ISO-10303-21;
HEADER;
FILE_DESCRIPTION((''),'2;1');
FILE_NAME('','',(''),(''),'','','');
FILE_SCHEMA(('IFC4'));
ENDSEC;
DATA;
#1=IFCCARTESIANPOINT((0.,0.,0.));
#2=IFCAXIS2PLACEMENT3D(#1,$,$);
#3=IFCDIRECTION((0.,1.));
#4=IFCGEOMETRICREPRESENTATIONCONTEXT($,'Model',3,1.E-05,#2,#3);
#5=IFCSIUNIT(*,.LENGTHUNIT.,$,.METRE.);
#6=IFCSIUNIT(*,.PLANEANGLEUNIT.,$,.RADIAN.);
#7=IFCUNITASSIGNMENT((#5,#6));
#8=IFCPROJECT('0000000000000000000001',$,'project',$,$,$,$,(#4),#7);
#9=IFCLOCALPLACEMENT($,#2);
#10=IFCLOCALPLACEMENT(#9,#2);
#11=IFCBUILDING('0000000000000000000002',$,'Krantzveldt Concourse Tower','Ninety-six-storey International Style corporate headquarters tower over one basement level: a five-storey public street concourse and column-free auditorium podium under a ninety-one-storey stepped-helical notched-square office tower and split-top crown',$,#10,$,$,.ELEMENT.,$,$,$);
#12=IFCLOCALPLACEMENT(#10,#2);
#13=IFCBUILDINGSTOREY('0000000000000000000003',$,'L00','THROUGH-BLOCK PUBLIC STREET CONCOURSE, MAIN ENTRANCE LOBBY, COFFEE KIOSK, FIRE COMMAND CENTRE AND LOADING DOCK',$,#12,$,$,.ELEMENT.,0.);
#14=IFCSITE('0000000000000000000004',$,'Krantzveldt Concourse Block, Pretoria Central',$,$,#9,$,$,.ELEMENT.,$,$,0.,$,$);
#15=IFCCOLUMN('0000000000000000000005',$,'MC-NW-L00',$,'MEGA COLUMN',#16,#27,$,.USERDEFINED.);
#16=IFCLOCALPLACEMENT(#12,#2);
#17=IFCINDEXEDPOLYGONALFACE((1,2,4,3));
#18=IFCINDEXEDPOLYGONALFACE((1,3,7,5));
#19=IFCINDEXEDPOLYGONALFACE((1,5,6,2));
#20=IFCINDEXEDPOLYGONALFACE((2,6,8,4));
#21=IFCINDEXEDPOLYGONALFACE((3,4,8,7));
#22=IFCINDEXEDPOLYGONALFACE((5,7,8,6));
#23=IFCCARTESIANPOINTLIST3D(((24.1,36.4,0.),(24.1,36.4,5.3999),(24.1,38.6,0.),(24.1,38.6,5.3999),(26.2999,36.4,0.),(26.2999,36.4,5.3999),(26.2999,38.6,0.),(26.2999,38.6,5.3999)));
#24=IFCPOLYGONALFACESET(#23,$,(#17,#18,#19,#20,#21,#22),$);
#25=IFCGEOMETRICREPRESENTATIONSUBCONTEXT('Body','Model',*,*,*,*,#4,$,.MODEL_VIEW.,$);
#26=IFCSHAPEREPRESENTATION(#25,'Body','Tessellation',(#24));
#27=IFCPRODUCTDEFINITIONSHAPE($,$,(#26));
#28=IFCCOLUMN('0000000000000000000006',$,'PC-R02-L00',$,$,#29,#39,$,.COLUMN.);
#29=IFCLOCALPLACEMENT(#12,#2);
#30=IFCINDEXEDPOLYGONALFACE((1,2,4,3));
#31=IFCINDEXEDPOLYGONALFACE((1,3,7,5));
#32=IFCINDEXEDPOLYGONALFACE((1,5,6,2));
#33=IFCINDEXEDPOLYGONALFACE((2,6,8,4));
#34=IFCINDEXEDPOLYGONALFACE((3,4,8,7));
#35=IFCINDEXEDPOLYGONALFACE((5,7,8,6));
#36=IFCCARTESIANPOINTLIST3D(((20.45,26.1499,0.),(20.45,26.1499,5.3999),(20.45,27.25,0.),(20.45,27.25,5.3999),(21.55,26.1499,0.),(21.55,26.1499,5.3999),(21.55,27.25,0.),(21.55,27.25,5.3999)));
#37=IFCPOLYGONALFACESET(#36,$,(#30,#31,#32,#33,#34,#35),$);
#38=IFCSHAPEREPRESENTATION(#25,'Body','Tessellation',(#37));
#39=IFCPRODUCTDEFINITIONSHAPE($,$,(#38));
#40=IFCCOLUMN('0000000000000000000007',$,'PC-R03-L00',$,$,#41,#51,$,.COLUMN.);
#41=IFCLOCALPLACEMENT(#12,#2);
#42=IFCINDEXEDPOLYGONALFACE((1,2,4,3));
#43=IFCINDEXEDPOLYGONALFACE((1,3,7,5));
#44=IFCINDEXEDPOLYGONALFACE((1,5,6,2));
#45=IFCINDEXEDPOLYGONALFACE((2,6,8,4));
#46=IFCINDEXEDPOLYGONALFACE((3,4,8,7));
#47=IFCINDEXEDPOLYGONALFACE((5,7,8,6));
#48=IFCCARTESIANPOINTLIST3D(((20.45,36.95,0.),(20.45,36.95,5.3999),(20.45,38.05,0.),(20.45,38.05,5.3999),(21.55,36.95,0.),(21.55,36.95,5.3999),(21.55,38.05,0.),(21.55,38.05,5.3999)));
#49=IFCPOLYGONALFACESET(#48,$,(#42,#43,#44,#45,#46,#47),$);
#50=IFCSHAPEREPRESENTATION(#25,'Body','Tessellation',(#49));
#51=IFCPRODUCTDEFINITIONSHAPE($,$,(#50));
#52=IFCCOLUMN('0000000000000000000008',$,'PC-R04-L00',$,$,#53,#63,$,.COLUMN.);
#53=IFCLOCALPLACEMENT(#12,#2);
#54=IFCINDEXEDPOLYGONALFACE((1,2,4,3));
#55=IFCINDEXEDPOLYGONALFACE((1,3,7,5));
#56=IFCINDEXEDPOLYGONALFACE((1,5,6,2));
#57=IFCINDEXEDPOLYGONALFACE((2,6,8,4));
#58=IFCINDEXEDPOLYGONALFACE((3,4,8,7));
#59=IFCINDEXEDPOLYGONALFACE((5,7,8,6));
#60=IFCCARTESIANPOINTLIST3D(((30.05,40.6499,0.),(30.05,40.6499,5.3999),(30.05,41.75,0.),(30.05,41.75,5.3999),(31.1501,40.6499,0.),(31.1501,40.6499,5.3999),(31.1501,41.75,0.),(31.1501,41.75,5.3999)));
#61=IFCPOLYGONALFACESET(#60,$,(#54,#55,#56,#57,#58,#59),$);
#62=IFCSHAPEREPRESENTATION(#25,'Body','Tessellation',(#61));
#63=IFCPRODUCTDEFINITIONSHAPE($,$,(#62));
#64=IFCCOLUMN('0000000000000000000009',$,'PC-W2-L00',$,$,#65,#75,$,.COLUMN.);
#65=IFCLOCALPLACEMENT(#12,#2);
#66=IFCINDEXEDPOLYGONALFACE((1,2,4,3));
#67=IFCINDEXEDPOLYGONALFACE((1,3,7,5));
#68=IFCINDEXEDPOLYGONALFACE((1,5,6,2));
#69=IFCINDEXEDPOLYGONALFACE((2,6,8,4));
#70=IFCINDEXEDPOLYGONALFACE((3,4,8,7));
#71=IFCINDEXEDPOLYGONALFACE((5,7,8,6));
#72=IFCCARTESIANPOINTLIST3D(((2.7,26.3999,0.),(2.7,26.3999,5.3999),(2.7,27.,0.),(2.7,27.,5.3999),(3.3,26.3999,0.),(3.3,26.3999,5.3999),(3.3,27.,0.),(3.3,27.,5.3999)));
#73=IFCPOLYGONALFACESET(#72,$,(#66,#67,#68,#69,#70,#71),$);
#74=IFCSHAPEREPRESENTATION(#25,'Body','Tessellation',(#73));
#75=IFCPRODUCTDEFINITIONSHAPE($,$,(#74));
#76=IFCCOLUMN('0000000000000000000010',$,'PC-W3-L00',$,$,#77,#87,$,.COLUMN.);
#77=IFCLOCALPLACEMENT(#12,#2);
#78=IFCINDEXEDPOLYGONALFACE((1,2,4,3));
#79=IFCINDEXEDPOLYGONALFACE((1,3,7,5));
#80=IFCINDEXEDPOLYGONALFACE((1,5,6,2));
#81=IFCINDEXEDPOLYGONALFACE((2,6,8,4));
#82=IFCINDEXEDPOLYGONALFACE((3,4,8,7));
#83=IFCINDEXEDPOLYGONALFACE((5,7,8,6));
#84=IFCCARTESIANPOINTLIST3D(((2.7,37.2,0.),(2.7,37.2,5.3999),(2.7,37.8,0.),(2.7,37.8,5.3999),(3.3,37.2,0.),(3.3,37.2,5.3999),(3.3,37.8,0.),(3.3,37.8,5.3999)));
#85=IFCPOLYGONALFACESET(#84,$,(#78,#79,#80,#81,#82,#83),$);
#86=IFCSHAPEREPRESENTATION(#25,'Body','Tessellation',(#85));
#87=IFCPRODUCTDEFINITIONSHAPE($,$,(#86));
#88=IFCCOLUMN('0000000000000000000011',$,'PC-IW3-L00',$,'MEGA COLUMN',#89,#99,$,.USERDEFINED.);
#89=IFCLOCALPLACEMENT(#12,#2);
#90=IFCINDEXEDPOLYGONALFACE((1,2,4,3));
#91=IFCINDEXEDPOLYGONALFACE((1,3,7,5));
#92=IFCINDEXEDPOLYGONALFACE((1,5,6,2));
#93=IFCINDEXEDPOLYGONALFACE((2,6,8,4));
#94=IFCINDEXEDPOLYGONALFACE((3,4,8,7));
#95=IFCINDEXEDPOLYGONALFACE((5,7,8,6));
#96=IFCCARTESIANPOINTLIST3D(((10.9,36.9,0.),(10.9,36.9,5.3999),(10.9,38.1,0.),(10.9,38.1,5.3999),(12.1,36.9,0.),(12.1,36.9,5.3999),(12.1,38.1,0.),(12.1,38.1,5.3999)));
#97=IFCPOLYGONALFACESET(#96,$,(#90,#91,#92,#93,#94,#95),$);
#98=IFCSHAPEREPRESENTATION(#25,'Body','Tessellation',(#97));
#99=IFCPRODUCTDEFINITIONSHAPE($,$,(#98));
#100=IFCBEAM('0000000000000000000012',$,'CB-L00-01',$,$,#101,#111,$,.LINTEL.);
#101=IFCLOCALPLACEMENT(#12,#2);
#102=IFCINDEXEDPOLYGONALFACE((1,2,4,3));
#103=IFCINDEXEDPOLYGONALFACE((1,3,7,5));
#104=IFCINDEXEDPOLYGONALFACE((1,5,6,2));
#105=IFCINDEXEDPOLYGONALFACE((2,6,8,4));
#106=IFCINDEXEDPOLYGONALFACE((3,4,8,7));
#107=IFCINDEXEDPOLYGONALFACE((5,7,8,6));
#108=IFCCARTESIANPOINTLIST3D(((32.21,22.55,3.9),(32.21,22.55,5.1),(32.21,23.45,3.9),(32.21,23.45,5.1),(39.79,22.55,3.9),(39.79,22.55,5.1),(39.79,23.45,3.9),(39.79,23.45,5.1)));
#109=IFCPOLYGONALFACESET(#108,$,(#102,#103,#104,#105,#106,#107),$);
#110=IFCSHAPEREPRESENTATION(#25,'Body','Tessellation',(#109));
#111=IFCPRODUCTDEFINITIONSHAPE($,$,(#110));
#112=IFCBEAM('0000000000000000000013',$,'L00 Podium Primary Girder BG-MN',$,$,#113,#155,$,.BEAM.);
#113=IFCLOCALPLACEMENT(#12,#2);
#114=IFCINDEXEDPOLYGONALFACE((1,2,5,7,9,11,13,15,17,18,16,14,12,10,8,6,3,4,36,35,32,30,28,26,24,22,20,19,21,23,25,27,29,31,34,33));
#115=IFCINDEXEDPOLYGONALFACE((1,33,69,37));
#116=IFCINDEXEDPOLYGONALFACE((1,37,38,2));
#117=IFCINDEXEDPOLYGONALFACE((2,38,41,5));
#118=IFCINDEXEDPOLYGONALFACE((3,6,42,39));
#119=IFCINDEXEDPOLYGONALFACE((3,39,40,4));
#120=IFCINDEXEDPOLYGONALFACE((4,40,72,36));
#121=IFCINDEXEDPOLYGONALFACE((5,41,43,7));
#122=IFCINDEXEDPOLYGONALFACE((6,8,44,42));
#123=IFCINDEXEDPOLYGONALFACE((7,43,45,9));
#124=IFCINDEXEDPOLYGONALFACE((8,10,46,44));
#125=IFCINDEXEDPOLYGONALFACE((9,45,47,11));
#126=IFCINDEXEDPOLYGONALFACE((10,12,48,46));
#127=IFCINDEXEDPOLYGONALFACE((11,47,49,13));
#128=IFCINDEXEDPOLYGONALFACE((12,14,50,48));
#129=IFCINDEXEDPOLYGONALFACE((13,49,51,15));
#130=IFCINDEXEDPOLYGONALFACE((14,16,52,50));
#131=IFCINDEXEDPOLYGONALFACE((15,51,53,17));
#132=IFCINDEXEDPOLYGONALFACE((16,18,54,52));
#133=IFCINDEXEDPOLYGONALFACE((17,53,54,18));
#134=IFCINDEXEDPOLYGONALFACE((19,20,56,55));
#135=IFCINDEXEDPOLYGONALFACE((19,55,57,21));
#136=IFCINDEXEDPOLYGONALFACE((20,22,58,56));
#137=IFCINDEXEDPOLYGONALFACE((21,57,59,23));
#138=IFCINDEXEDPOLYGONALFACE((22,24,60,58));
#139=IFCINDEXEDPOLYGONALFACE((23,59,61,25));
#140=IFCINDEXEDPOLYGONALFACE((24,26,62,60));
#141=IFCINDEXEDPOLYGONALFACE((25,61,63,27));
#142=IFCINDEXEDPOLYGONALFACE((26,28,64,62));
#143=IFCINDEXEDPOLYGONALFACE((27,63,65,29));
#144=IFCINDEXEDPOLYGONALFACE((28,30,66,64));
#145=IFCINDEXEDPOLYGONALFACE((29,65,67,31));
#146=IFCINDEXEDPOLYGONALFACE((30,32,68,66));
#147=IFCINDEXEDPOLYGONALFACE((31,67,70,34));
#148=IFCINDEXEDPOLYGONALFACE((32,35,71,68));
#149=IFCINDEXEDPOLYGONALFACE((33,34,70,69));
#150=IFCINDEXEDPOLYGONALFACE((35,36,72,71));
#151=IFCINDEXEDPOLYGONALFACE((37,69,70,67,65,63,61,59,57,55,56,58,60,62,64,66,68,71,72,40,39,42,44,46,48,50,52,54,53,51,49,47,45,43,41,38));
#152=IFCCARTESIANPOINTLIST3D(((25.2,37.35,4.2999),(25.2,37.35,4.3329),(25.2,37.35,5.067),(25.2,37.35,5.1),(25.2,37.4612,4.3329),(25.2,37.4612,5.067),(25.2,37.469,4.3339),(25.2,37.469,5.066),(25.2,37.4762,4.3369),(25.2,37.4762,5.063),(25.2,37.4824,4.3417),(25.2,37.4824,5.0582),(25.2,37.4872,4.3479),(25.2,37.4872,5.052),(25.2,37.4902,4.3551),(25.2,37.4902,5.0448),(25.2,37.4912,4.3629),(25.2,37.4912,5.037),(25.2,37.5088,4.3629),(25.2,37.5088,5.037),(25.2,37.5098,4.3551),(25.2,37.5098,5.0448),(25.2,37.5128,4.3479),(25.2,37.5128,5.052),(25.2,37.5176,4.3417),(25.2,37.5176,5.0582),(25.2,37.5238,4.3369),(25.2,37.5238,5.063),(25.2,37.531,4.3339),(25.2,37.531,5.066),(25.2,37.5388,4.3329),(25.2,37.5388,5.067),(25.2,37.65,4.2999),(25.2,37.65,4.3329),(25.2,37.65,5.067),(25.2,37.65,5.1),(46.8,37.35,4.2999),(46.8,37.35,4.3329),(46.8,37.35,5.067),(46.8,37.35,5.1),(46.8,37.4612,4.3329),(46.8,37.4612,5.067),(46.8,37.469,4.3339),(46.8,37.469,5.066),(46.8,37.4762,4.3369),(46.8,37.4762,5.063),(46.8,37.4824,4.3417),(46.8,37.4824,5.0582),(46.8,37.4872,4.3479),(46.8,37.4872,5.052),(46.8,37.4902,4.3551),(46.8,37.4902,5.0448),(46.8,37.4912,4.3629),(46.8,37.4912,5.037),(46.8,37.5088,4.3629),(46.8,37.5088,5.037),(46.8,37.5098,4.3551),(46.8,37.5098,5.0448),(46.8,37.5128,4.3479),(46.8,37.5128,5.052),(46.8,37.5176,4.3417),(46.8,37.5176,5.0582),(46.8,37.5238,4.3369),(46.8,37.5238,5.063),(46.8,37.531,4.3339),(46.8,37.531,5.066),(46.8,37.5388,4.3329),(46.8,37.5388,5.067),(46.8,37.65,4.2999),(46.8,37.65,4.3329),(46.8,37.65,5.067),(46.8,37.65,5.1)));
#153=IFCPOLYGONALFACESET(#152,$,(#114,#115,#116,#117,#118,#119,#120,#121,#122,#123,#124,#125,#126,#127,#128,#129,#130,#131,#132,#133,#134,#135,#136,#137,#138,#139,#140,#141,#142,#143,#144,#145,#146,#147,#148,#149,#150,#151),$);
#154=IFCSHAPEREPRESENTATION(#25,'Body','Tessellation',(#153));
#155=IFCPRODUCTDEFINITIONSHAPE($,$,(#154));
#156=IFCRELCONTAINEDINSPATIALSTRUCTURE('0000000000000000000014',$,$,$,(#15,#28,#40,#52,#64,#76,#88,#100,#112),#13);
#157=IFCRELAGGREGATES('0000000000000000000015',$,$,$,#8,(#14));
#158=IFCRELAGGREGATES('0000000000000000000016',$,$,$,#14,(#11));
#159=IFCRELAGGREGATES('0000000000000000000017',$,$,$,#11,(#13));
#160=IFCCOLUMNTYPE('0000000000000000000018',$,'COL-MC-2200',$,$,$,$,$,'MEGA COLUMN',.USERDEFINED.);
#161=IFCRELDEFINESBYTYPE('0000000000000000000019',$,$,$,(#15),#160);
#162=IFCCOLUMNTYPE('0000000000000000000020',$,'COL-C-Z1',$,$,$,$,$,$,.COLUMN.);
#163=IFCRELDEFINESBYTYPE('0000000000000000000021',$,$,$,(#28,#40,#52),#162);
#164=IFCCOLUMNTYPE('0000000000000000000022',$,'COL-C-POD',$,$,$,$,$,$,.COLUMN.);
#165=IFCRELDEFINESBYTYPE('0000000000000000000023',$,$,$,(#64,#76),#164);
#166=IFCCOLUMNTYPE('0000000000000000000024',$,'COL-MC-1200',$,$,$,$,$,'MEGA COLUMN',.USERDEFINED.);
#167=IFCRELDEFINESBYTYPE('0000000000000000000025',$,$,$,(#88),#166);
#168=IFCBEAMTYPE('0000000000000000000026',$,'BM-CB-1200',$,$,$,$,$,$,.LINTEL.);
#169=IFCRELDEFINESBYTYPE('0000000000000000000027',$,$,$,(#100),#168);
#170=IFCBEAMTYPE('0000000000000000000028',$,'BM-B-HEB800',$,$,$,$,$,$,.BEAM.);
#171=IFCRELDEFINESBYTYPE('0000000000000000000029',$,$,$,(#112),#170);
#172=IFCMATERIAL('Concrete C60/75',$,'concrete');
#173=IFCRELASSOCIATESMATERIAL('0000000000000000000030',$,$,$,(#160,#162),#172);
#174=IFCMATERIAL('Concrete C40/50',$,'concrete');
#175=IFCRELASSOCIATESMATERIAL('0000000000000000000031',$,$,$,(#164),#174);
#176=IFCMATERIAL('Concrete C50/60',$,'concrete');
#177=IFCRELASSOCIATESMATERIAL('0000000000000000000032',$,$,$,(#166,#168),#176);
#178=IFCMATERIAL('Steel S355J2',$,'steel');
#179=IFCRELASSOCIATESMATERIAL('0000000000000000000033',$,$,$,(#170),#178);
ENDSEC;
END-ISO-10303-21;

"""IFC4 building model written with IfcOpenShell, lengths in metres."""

from ifc_helpers import new_model, si_unit, direction, frame, origin, origin_2d, place, context, subcontext, project, spatial, rectangle, i_section, extrude, source, transform, mapped, material, material_profile, profile_set, type_object, type_shapes, element, save


model = new_model("IFC4")

# Units and contexts
model_context = context("Model", 3, precision=1e-05, world=origin(), true_north=direction((0.0, 1.0)))
body_context = subcontext(model_context, "Body", "Model", "MODEL_VIEW")
ifc_project = project(units=[si_unit("LENGTHUNIT", "METRE"), si_unit("PLANEANGLEUNIT", "RADIAN")], contexts=[model_context])

# Site, building, storey
site_placement = place(None, origin())
site = spatial("IfcSite", under=ifc_project, at=site_placement, Name="Krantzveldt Concourse Block, Pretoria Central", CompositionType="ELEMENT", RefElevation=0.0)
building_placement = place(site_placement, origin())
building = spatial("IfcBuilding", under=site, at=building_placement, Name="Krantzveldt Concourse Tower", Description="Ninety-six-storey International Style corporate headquarters tower over one basement level: a five-storey public street concourse and column-free auditorium podium under a ninety-one-storey stepped-helical notched-square office tower and split-top crown", CompositionType="ELEMENT")
storey_placement = place(building_placement, origin())
storey = spatial("IfcBuildingStorey", under=building, at=storey_placement, Name="L00", Description="THROUGH-BLOCK PUBLIC STREET CONCOURSE, MAIN ENTRANCE LOBBY, COFFEE KIOSK, FIRE COMMAND CENTRE AND LOADING DOCK", CompositionType="ELEMENT", Elevation=0.0)

# Columns
ifc_material_1 = material(Name="Concrete C60/75", Category="concrete")
ifc_material_profile_1 = material_profile(ifc_material_1, rectangle(XDim=2.2, YDim=2.2, at=origin_2d()), Name="Concrete C60/75", Category="concrete")
ifc_profile_set_1 = profile_set([ifc_material_profile_1], Name="Concrete C60/75 - RC 2200x2200")
column_type_1 = type_object("IfcColumnType", Name="COL-MC-2200", ElementType="MEGA COLUMN", PredefinedType="USERDEFINED", material=ifc_profile_set_1)
shared_shape_1 = source(origin(), body_context, "Body", "SweptSolid", [
    extrude(rectangle(XDim=2.2, YDim=2.2, at=origin_2d()), origin(), (0.0, 0.0, 1.0), 5.3999),
])
type_shapes(column_type_1, [shared_shape_1])
column_1_placement = place(storey_placement, frame((25.2, 37.5, 0.0), z_axis=(0.0, 0.0, 1.0), x_axis=(1.0, 0.0, 0.0)))
element("IfcColumn", 1, at=column_1_placement, inside=storey, type_object=column_type_1, Name="MC-NW-L00", ObjectType="MEGA COLUMN", PredefinedType="USERDEFINED", context=body_context, shape_type="MappedRepresentation", body=[
    mapped(shared_shape_1, transform((0.0, 0.0, 0.0), x_axis=(1.0, 0.0, 0.0), y_axis=(0.0, 1.0, 0.0), z_axis=(0.0, 0.0, 1.0), scale=1.0)),
])
ifc_material_profile_2 = material_profile(ifc_material_1, rectangle(XDim=1.1001, YDim=1.1001, at=origin_2d()), Name="Concrete C60/75", Category="concrete")
ifc_profile_set_2 = profile_set([ifc_material_profile_2], Name="Concrete C60/75 - RC 1100x1100")
column_type_2 = type_object("IfcColumnType", Name="COL-C-Z1", PredefinedType="COLUMN", material=ifc_profile_set_2)
shared_shape_2 = source(origin(), body_context, "Body", "SweptSolid", [
    extrude(rectangle(XDim=1.1001, YDim=1.1001, at=origin_2d()), origin(), (0.0, 0.0, 1.0), 5.3999),
])
type_shapes(column_type_2, [shared_shape_2])
for number, where, z_axis, x_axis, name in (
    (2, (21.0, 26.7, 0.0), (0.0, 0.0, 1.0), (1.0, 0.0, 0.0), "PC-R02-L00"),
    (3, (21.0, 37.5, 0.0), (0.0, 0.0, 1.0), (1.0, 0.0, 0.0), "PC-R03-L00"),
    (4, (30.6001, 41.2, 0.0), (0.0, 0.0, 1.0), (1.0, 0.0, 0.0), "PC-R04-L00"),
):
    element("IfcColumn", number, at=place(storey_placement, frame(where, z_axis=z_axis, x_axis=x_axis)), inside=storey, type_object=column_type_2, Name=name, PredefinedType="COLUMN", context=body_context, shape_type="MappedRepresentation", body=[
        mapped(shared_shape_2, transform((0.0, 0.0, 0.0), x_axis=(1.0, 0.0, 0.0), y_axis=(0.0, 1.0, 0.0), z_axis=(0.0, 0.0, 1.0), scale=1.0)),
    ])
ifc_material_2 = material(Name="Concrete C40/50", Category="concrete")
ifc_material_profile_3 = material_profile(ifc_material_2, rectangle(XDim=0.6001, YDim=0.6001, at=origin_2d()), Name="Concrete C40/50", Category="concrete")
ifc_profile_set_3 = profile_set([ifc_material_profile_3], Name="Concrete C40/50 - RC 600x600")
column_type_3 = type_object("IfcColumnType", Name="COL-C-POD", PredefinedType="COLUMN", material=ifc_profile_set_3)
shared_shape_3 = source(origin(), body_context, "Body", "SweptSolid", [
    extrude(rectangle(XDim=0.6001, YDim=0.6001, at=origin_2d()), origin(), (0.0, 0.0, 1.0), 5.3999),
])
type_shapes(column_type_3, [shared_shape_3])
for number, where, z_axis, x_axis, name in (
    (5, (3.0, 26.7, 0.0), (0.0, 0.0, 1.0), (1.0, 0.0, 0.0), "PC-W2-L00"),
    (6, (3.0, 37.5, 0.0), (0.0, 0.0, 1.0), (1.0, 0.0, 0.0), "PC-W3-L00"),
):
    element("IfcColumn", number, at=place(storey_placement, frame(where, z_axis=z_axis, x_axis=x_axis)), inside=storey, type_object=column_type_3, Name=name, PredefinedType="COLUMN", context=body_context, shape_type="MappedRepresentation", body=[
        mapped(shared_shape_3, transform((0.0, 0.0, 0.0), x_axis=(1.0, 0.0, 0.0), y_axis=(0.0, 1.0, 0.0), z_axis=(0.0, 0.0, 1.0), scale=1.0)),
    ])
ifc_material_3 = material(Name="Concrete C50/60", Category="concrete")
ifc_material_profile_4 = material_profile(ifc_material_3, rectangle(XDim=1.2, YDim=1.2, at=origin_2d()), Name="Concrete C50/60", Category="concrete")
ifc_profile_set_4 = profile_set([ifc_material_profile_4], Name="Concrete C50/60 - RC 1200x1200")
column_type_4 = type_object("IfcColumnType", Name="COL-MC-1200", ElementType="MEGA COLUMN", PredefinedType="USERDEFINED", material=ifc_profile_set_4)
shared_shape_4 = source(origin(), body_context, "Body", "SweptSolid", [
    extrude(rectangle(XDim=1.2, YDim=1.2, at=origin_2d()), origin(), (0.0, 0.0, 1.0), 5.3999),
])
type_shapes(column_type_4, [shared_shape_4])
column_2_placement = place(storey_placement, frame((11.5, 37.5, 0.0), z_axis=(0.0, 0.0, 1.0), x_axis=(1.0, 0.0, 0.0)))
element("IfcColumn", 7, at=column_2_placement, inside=storey, type_object=column_type_4, Name="PC-IW3-L00", ObjectType="MEGA COLUMN", PredefinedType="USERDEFINED", context=body_context, shape_type="MappedRepresentation", body=[
    mapped(shared_shape_4, transform((0.0, 0.0, 0.0), x_axis=(1.0, 0.0, 0.0), y_axis=(0.0, 1.0, 0.0), z_axis=(0.0, 0.0, 1.0), scale=1.0)),
])

# Beams
ifc_material_profile_5 = material_profile(ifc_material_3, rectangle(XDim=0.8999, YDim=1.2, at=origin_2d()), Name="Concrete C50/60", Category="concrete")
ifc_profile_set_5 = profile_set([ifc_material_profile_5], Name="Concrete C50/60 - RC-CB 900x1200")
beam_type_1 = type_object("IfcBeamType", Name="BM-CB-1200", PredefinedType="LINTEL", material=ifc_profile_set_5)
shared_shape_5 = source(origin(), body_context, "Body", "SweptSolid", [
    extrude(rectangle(XDim=0.8999, YDim=1.2, at=origin_2d()), origin(), (0.0, 0.0, 1.0), 7.5801),
])
type_shapes(beam_type_1, [shared_shape_5])
beam_1_placement = place(storey_placement, frame((32.21, 23.0, 4.5), z_axis=(1.0, 0.0, 0.0), x_axis=(0.0, 1.0, 0.0)))
element("IfcBeam", 8, at=beam_1_placement, inside=storey, type_object=beam_type_1, Name="CB-L00-01", PredefinedType="LINTEL", context=body_context, shape_type="MappedRepresentation", body=[
    mapped(shared_shape_5, transform((0.0, 0.0, 0.0), x_axis=(1.0, 0.0, 0.0), y_axis=(0.0, 1.0, 0.0), z_axis=(0.0, 0.0, 1.0), scale=1.0)),
])
ifc_material_4 = material(Name="Steel S355J2", Category="steel")
ifc_material_profile_6 = material_profile(ifc_material_4, i_section(OverallWidth=0.3, OverallDepth=0.8, WebThickness=0.0176, FlangeThickness=0.033, FilletRadius=0.03, at=origin_2d()), Name="Steel S355J2", Category="steel")
ifc_profile_set_6 = profile_set([ifc_material_profile_6], Name="Steel S355J2 - HEB 800")
beam_type_2 = type_object("IfcBeamType", Name="BM-B-HEB800", PredefinedType="BEAM", material=ifc_profile_set_6)
shared_shape_6 = source(origin(), body_context, "Body", "SweptSolid", [
    extrude(i_section(OverallWidth=0.3, OverallDepth=0.8, WebThickness=0.0176, FlangeThickness=0.033, FilletRadius=0.03, at=origin_2d()), origin(), (0.0, 0.0, 1.0), 21.6001),
])
type_shapes(beam_type_2, [shared_shape_6])
beam_2_placement = place(storey_placement, frame((25.2, 37.5, 4.7), z_axis=(1.0, 0.0, 0.0), x_axis=(0.0, 1.0, 0.0)))
element("IfcBeam", 9, at=beam_2_placement, inside=storey, type_object=beam_type_2, Name="L00 Podium Primary Girder BG-MN", PredefinedType="BEAM", context=body_context, shape_type="MappedRepresentation", body=[
    mapped(shared_shape_6, transform((0.0, 0.0, 0.0), x_axis=(1.0, 0.0, 0.0), y_axis=(0.0, 1.0, 0.0), z_axis=(0.0, 0.0, 1.0), scale=1.0)),
])

save(model, "model.ifc")
